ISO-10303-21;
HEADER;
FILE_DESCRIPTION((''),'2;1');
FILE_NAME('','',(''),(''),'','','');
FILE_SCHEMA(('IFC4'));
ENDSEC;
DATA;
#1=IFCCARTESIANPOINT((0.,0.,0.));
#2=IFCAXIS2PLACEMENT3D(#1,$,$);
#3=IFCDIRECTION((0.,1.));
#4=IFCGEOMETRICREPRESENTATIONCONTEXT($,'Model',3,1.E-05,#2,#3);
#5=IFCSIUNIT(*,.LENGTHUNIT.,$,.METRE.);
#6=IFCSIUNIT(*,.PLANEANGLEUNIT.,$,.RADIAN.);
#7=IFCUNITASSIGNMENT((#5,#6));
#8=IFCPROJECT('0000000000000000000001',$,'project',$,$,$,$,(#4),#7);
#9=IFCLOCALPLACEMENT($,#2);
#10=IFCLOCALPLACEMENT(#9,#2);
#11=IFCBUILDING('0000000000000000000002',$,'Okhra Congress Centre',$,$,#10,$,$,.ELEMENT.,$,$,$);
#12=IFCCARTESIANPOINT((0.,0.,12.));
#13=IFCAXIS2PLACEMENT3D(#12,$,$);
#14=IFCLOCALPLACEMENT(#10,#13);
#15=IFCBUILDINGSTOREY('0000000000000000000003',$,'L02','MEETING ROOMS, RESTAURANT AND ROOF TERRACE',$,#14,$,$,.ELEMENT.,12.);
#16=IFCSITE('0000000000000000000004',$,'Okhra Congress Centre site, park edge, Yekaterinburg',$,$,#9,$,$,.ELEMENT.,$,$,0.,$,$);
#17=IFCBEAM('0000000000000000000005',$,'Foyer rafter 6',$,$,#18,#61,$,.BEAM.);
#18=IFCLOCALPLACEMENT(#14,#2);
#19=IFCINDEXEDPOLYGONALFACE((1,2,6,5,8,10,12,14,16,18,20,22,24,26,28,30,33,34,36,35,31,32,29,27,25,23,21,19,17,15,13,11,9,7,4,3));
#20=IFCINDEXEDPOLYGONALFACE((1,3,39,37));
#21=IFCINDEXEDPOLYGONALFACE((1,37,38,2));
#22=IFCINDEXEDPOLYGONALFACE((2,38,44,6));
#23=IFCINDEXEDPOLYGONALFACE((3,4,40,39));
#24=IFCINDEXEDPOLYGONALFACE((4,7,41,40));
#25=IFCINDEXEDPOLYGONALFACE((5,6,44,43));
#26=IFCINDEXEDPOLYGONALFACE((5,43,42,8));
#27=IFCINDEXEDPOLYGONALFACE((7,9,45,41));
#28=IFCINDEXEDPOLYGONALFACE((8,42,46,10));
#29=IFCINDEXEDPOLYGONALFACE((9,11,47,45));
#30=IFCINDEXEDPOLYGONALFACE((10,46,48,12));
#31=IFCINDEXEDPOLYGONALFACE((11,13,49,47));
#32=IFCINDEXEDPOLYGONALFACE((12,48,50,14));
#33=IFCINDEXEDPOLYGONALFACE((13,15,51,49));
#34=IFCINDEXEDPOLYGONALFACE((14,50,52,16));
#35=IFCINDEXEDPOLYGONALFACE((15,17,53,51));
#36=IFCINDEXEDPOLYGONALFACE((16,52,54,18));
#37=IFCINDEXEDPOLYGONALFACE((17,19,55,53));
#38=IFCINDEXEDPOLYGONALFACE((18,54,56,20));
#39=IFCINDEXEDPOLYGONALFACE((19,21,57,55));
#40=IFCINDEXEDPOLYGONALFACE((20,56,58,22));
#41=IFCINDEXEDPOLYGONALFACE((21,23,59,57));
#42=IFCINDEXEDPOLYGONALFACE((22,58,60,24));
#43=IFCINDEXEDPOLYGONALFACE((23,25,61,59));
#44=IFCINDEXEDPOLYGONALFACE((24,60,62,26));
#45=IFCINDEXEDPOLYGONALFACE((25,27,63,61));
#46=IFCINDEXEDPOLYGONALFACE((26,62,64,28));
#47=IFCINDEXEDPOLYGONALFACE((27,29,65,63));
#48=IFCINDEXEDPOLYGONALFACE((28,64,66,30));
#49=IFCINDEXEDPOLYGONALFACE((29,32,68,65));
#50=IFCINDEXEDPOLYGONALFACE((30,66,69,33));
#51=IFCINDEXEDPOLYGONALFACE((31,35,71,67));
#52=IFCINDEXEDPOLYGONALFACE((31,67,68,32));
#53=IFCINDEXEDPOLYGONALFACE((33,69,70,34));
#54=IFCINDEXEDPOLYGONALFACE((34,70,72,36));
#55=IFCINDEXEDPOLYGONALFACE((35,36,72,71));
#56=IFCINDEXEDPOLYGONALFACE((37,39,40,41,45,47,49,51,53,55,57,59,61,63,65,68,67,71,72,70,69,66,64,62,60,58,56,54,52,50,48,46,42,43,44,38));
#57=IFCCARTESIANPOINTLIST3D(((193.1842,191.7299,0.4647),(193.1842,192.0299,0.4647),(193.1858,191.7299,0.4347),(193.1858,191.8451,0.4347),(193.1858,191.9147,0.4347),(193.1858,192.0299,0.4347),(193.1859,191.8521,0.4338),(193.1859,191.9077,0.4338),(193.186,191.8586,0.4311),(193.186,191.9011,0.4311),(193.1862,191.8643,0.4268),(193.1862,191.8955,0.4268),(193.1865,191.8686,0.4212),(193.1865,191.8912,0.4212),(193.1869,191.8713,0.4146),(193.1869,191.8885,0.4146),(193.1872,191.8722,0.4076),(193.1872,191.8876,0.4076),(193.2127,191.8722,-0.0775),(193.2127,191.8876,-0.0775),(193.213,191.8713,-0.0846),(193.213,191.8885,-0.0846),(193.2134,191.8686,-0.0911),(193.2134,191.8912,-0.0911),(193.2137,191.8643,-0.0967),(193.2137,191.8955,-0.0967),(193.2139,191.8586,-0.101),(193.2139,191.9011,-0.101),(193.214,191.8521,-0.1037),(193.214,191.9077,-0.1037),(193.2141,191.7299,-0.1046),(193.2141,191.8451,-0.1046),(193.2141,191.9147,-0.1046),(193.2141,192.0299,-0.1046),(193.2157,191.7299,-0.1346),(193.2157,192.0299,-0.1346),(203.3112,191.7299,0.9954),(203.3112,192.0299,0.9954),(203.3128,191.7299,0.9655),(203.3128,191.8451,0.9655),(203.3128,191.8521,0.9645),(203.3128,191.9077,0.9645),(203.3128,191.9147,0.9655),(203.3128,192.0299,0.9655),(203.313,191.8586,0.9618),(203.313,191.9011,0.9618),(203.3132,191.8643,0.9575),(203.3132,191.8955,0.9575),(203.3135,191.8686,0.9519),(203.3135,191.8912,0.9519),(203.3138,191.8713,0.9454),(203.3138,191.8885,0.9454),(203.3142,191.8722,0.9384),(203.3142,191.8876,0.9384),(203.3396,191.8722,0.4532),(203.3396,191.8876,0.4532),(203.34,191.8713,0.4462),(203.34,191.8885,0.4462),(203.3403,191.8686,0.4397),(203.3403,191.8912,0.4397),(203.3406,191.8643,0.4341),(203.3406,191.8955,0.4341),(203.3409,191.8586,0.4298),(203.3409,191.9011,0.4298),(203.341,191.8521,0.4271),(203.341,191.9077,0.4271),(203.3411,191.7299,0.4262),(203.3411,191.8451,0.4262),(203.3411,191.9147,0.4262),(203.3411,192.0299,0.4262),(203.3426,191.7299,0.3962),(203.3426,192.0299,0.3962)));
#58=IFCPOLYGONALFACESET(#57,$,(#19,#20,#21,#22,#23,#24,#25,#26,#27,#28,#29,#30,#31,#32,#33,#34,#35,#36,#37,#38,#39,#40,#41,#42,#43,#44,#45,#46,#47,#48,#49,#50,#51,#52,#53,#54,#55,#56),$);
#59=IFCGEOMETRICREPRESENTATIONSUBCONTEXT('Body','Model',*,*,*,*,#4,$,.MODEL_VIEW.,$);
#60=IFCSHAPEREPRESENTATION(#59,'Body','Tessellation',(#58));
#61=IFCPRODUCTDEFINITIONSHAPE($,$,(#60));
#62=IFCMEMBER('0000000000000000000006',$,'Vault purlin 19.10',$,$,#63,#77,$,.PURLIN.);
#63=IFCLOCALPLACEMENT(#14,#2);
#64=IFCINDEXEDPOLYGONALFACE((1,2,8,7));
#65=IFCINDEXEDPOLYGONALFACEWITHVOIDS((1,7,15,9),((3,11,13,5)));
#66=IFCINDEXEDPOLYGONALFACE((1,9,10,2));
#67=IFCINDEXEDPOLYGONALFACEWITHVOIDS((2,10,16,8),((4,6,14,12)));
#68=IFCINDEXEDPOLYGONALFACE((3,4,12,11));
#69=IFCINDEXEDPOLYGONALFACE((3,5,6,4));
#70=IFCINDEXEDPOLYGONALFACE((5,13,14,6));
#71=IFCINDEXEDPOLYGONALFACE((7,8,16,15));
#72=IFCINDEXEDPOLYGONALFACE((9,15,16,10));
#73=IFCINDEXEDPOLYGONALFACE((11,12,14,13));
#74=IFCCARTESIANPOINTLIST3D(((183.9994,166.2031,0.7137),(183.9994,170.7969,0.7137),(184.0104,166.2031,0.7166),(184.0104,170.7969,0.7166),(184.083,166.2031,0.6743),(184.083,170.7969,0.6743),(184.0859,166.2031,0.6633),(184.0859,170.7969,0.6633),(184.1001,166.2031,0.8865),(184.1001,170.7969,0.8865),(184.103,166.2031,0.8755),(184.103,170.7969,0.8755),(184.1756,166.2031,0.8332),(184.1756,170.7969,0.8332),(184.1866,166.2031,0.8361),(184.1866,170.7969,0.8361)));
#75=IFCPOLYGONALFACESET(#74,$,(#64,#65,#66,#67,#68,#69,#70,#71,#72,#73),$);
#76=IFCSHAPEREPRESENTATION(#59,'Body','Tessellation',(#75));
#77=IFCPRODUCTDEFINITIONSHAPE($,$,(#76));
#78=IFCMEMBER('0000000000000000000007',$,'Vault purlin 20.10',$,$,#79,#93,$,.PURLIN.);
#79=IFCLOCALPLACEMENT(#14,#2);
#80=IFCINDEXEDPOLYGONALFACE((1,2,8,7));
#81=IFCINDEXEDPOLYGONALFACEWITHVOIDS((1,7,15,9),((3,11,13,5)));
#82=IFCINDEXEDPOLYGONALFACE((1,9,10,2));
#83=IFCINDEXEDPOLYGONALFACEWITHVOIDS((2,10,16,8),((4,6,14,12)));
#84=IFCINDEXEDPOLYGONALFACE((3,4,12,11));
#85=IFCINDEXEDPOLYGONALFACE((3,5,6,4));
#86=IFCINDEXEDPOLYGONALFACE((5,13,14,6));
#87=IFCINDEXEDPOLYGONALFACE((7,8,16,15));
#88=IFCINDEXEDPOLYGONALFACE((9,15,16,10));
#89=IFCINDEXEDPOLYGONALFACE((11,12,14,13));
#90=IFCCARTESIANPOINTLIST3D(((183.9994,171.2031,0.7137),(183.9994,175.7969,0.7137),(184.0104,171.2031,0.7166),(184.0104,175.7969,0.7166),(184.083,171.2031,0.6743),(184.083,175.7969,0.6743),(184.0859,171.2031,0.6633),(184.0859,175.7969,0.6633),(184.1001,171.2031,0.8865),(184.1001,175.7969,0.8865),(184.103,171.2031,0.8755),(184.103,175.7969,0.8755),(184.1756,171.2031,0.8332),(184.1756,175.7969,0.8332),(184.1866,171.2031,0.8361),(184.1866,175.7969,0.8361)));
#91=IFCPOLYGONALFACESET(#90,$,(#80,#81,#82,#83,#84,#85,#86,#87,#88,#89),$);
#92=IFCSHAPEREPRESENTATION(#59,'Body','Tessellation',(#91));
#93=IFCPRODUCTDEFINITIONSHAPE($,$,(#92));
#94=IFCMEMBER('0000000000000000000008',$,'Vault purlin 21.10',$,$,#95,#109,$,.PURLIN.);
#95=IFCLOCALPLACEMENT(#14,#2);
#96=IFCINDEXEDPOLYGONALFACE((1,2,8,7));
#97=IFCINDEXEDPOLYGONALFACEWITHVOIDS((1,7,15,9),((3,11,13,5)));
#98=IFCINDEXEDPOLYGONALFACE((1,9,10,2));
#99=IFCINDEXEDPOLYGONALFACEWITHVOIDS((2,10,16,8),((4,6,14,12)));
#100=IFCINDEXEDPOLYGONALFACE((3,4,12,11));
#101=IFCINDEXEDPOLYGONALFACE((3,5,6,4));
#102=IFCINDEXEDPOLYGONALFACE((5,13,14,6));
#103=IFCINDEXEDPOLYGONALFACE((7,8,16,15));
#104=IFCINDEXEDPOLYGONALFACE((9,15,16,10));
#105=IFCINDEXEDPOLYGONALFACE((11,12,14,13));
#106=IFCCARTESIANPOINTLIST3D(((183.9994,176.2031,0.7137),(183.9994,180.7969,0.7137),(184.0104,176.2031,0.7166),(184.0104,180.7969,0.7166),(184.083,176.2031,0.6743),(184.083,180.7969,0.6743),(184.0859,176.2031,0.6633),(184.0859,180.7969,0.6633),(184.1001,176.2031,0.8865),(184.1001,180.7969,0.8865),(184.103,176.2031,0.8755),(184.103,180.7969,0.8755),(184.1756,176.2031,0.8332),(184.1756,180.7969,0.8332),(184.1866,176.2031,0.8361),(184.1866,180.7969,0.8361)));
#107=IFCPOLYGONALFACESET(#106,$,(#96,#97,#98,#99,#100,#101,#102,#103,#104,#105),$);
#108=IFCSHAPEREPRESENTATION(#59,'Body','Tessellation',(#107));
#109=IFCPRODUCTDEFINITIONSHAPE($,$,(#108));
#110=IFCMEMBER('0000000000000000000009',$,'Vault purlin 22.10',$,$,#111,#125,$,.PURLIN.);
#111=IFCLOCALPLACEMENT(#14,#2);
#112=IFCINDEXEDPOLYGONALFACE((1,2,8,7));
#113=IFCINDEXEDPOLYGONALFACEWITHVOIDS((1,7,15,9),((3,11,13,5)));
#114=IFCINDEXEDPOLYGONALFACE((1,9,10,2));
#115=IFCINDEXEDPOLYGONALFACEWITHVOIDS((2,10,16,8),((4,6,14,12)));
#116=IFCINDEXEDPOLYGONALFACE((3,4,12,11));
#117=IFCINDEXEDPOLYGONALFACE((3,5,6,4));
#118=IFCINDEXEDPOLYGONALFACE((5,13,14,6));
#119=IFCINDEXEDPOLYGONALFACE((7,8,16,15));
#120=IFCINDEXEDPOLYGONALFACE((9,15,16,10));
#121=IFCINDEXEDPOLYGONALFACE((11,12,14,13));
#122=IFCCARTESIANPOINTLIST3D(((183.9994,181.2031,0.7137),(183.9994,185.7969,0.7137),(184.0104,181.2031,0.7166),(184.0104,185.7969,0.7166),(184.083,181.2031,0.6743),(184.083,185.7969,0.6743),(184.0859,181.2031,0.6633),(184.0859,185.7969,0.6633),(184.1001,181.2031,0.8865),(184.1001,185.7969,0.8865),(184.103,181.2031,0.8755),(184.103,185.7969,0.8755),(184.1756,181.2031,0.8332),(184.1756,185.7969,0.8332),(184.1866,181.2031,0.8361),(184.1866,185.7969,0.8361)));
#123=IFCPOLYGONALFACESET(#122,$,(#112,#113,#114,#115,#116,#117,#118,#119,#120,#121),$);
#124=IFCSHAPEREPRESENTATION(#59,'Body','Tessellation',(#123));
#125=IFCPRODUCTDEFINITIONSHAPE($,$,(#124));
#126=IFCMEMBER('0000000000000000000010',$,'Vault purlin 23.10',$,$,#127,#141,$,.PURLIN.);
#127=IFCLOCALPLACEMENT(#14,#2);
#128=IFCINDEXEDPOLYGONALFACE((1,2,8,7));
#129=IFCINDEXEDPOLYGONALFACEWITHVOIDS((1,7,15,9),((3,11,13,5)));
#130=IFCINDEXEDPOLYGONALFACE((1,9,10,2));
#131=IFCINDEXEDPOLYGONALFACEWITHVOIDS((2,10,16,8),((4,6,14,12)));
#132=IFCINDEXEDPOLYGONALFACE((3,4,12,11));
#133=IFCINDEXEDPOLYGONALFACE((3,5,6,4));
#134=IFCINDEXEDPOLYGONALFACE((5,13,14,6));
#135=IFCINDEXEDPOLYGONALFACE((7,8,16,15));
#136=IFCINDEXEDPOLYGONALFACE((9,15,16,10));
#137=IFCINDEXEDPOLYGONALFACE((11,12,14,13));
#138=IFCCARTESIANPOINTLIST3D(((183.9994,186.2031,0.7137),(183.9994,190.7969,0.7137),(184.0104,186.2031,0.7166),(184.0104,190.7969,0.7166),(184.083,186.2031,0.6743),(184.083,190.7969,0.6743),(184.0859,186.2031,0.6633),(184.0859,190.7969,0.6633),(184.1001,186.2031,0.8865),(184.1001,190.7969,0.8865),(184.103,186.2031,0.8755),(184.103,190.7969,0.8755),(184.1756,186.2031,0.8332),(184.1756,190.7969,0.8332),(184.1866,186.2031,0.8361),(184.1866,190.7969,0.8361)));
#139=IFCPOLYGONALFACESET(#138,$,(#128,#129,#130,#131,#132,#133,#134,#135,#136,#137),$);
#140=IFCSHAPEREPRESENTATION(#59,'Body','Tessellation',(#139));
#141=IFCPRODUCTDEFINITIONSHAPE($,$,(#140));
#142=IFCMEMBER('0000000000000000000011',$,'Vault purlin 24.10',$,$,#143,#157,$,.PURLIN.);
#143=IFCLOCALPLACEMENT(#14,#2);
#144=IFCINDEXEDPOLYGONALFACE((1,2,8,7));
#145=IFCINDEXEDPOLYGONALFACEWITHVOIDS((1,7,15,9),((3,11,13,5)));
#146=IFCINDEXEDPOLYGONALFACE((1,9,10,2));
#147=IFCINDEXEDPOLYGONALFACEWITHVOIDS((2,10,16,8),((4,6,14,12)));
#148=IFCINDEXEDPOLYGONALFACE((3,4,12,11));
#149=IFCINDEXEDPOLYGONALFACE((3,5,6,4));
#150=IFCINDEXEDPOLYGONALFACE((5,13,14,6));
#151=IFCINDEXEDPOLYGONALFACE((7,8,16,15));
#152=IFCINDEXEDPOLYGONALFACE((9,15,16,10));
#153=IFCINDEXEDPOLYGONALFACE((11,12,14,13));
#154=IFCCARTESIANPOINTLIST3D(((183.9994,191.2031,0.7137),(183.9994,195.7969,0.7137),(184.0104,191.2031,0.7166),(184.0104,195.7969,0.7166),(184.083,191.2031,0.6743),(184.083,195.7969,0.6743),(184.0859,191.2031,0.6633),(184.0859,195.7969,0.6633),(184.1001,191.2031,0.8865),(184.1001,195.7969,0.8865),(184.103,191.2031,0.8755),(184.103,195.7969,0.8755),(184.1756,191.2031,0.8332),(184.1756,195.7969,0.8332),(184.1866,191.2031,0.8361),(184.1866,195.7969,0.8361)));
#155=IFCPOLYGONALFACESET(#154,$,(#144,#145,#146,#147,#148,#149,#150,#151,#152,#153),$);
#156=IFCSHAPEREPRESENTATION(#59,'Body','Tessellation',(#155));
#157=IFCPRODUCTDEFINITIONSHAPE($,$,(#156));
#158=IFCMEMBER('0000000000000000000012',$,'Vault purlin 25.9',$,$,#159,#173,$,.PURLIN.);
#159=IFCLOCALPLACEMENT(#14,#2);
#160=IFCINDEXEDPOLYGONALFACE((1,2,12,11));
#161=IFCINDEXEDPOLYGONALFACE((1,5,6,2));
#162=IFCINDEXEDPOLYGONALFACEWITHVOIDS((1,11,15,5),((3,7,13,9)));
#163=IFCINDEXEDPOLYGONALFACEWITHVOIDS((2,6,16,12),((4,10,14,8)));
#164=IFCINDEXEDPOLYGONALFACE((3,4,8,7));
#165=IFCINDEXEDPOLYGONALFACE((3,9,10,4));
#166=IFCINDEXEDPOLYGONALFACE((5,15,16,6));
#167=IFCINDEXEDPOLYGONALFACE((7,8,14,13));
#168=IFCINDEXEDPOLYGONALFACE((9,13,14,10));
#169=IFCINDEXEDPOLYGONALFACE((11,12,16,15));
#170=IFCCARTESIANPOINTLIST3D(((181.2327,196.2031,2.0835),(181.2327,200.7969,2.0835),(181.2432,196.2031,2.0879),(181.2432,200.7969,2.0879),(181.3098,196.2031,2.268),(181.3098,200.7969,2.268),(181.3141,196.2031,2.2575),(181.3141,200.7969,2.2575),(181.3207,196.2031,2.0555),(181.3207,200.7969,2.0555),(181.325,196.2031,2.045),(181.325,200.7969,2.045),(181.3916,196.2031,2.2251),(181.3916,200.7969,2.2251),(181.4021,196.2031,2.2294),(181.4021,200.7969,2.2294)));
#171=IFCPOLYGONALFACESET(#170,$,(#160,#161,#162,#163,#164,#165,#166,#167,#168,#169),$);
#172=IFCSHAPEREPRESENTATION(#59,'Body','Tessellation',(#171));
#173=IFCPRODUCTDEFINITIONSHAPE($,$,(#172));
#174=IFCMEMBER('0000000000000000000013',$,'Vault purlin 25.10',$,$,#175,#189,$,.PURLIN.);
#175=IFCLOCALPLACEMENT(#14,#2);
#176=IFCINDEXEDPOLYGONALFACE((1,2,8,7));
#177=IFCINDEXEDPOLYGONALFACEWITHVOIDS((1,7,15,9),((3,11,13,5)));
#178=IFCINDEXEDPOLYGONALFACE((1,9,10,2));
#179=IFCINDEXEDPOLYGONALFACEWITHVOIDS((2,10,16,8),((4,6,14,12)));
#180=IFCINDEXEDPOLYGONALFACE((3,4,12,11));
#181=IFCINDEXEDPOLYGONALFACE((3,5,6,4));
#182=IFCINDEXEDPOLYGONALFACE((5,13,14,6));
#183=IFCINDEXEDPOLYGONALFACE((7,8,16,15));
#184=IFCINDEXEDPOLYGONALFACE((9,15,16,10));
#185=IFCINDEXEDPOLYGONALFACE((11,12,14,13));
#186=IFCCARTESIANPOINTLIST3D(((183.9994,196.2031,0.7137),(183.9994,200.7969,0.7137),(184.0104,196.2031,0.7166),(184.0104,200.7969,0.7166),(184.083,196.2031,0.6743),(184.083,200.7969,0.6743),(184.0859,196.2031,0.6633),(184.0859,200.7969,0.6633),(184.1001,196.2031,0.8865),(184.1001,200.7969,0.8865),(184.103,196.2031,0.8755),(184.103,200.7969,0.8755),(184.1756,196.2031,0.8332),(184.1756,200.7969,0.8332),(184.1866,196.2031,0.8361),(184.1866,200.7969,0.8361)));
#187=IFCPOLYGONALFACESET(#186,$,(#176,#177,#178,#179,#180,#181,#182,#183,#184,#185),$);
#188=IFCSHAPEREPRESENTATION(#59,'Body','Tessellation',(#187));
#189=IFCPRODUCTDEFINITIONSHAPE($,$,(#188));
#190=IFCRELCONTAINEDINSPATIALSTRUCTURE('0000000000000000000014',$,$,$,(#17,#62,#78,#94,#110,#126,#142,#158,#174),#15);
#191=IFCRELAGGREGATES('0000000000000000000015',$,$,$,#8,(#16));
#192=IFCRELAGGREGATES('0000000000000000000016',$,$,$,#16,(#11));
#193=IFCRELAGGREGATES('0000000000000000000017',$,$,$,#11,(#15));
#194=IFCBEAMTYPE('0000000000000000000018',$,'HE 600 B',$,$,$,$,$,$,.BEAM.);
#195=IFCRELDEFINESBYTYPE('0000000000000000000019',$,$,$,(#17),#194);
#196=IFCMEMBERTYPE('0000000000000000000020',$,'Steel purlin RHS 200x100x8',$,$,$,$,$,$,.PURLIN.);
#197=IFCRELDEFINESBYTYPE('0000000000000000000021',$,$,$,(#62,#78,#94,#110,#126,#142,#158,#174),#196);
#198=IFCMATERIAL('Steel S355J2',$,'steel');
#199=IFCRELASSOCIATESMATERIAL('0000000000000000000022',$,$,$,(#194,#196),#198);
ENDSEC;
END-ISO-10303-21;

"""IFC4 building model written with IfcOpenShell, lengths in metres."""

from ifc_helpers import new_model, si_unit, direction, frame, origin, origin_2d, place, context, subcontext, project, spatial, hollow_rectangle, i_section, extrude, material, material_profile, profile_set, type_object, element, save


model = new_model("IFC4")

# Units and contexts
model_context = context("Model", 3, precision=1e-05, world=origin(), true_north=direction((0.0, 1.0)))
body_context = subcontext(model_context, "Body", "Model", "MODEL_VIEW")
ifc_project = project(units=[si_unit("LENGTHUNIT", "METRE"), si_unit("PLANEANGLEUNIT", "RADIAN")], contexts=[model_context])

# Site, building, storey
site_placement = place(None, origin())
site = spatial("IfcSite", under=ifc_project, at=site_placement, Name="Okhra Congress Centre site, park edge, Yekaterinburg", CompositionType="ELEMENT", RefElevation=0.0)
building_placement = place(site_placement, origin())
building = spatial("IfcBuilding", under=site, at=building_placement, Name="Okhra Congress Centre", CompositionType="ELEMENT")
storey_placement = place(building_placement, frame((0.0, 0.0, 12.0)))
storey = spatial("IfcBuildingStorey", under=building, at=storey_placement, Name="L02", Description="MEETING ROOMS, RESTAURANT AND ROOF TERRACE", CompositionType="ELEMENT", Elevation=12.0)

# Beam
ifc_material_1 = material(Name="Steel S355J2", Category="steel")
ifc_material_profile_1 = material_profile(ifc_material_1, i_section(OverallWidth=0.3, OverallDepth=0.6001, WebThickness=0.0154, FlangeThickness=0.03, FilletRadius=0.0271, at=origin_2d()), Name="HE 600 B")
ifc_profile_set_1 = profile_set([ifc_material_profile_1], Name="Steel S355J2")
beam_type = type_object("IfcBeamType", Name="HE 600 B", PredefinedType="BEAM", material=ifc_profile_set_1)
beam_1_placement = place(storey_placement, frame((193.2, 191.8799, 0.165), z_axis=(0.998629, 0.0, 0.052339), x_axis=(0.0, 1.0, 0.0)))
element("IfcBeam", 1, at=beam_1_placement, inside=storey, type_object=beam_type, Name="Foyer rafter 6", PredefinedType="BEAM", context=body_context, shape_type="SweptSolid", body=[
    extrude(i_section(OverallWidth=0.3, OverallDepth=0.6001, WebThickness=0.0154, FlangeThickness=0.03, FilletRadius=0.0271, at=origin_2d()), origin(), (0.0, 0.0, 1.0), 10.1409),
])

# Members
ifc_material_profile_2 = material_profile(ifc_material_1, hollow_rectangle(XDim=0.1001, YDim=0.2, WallThickness=0.0081, at=origin_2d()), Name="RHS 200x100x8")
ifc_profile_set_2 = profile_set([ifc_material_profile_2], Name="Steel S355J2")
member_type_1 = type_object("IfcMemberType", Name="Steel purlin RHS 200x100x8", PredefinedType="PURLIN", material=ifc_profile_set_2)
for number, where, z_axis, x_axis, name in (
    (2, (184.093, 166.2031, 0.7749), (0.0, 1.0, 0.0), (-0.863917, 0.0, 0.503634), "Vault purlin 19.10"),
    (3, (184.093, 171.2031, 0.7749), (0.0, 1.0, 0.0), (-0.863917, 0.0, 0.503634), "Vault purlin 20.10"),
    (4, (184.093, 176.2031, 0.7749), (0.0, 1.0, 0.0), (-0.863917, 0.0, 0.503634), "Vault purlin 21.10"),
    (5, (184.093, 181.2031, 0.7749), (0.0, 1.0, 0.0), (-0.863917, 0.0, 0.503634), "Vault purlin 22.10"),
    (6, (184.093, 186.2031, 0.7749), (0.0, 1.0, 0.0), (-0.863917, 0.0, 0.503634), "Vault purlin 23.10"),
    (7, (184.093, 191.2031, 0.7749), (0.0, 1.0, 0.0), (-0.863917, 0.0, 0.503634), "Vault purlin 24.10"),
    (8, (181.3174, 196.2031, 2.1565), (0.0, 1.0, 0.0), (-0.922669, 0.0, 0.385593), "Vault purlin 25.9"),
    (9, (184.093, 196.2031, 0.7749), (0.0, 1.0, 0.0), (-0.863917, 0.0, 0.503634), "Vault purlin 25.10"),
):
    element("IfcMember", number, at=place(storey_placement, frame(where, z_axis=z_axis, x_axis=x_axis)), inside=storey, type_object=member_type_1, Name=name, PredefinedType="PURLIN", context=body_context, shape_type="SweptSolid", body=[
        extrude(hollow_rectangle(XDim=0.1001, YDim=0.2, WallThickness=0.0081, at=origin_2d()), origin(), (0.0, 0.0, 1.0), 4.5938),
    ])

save(model, "model.ifc")
